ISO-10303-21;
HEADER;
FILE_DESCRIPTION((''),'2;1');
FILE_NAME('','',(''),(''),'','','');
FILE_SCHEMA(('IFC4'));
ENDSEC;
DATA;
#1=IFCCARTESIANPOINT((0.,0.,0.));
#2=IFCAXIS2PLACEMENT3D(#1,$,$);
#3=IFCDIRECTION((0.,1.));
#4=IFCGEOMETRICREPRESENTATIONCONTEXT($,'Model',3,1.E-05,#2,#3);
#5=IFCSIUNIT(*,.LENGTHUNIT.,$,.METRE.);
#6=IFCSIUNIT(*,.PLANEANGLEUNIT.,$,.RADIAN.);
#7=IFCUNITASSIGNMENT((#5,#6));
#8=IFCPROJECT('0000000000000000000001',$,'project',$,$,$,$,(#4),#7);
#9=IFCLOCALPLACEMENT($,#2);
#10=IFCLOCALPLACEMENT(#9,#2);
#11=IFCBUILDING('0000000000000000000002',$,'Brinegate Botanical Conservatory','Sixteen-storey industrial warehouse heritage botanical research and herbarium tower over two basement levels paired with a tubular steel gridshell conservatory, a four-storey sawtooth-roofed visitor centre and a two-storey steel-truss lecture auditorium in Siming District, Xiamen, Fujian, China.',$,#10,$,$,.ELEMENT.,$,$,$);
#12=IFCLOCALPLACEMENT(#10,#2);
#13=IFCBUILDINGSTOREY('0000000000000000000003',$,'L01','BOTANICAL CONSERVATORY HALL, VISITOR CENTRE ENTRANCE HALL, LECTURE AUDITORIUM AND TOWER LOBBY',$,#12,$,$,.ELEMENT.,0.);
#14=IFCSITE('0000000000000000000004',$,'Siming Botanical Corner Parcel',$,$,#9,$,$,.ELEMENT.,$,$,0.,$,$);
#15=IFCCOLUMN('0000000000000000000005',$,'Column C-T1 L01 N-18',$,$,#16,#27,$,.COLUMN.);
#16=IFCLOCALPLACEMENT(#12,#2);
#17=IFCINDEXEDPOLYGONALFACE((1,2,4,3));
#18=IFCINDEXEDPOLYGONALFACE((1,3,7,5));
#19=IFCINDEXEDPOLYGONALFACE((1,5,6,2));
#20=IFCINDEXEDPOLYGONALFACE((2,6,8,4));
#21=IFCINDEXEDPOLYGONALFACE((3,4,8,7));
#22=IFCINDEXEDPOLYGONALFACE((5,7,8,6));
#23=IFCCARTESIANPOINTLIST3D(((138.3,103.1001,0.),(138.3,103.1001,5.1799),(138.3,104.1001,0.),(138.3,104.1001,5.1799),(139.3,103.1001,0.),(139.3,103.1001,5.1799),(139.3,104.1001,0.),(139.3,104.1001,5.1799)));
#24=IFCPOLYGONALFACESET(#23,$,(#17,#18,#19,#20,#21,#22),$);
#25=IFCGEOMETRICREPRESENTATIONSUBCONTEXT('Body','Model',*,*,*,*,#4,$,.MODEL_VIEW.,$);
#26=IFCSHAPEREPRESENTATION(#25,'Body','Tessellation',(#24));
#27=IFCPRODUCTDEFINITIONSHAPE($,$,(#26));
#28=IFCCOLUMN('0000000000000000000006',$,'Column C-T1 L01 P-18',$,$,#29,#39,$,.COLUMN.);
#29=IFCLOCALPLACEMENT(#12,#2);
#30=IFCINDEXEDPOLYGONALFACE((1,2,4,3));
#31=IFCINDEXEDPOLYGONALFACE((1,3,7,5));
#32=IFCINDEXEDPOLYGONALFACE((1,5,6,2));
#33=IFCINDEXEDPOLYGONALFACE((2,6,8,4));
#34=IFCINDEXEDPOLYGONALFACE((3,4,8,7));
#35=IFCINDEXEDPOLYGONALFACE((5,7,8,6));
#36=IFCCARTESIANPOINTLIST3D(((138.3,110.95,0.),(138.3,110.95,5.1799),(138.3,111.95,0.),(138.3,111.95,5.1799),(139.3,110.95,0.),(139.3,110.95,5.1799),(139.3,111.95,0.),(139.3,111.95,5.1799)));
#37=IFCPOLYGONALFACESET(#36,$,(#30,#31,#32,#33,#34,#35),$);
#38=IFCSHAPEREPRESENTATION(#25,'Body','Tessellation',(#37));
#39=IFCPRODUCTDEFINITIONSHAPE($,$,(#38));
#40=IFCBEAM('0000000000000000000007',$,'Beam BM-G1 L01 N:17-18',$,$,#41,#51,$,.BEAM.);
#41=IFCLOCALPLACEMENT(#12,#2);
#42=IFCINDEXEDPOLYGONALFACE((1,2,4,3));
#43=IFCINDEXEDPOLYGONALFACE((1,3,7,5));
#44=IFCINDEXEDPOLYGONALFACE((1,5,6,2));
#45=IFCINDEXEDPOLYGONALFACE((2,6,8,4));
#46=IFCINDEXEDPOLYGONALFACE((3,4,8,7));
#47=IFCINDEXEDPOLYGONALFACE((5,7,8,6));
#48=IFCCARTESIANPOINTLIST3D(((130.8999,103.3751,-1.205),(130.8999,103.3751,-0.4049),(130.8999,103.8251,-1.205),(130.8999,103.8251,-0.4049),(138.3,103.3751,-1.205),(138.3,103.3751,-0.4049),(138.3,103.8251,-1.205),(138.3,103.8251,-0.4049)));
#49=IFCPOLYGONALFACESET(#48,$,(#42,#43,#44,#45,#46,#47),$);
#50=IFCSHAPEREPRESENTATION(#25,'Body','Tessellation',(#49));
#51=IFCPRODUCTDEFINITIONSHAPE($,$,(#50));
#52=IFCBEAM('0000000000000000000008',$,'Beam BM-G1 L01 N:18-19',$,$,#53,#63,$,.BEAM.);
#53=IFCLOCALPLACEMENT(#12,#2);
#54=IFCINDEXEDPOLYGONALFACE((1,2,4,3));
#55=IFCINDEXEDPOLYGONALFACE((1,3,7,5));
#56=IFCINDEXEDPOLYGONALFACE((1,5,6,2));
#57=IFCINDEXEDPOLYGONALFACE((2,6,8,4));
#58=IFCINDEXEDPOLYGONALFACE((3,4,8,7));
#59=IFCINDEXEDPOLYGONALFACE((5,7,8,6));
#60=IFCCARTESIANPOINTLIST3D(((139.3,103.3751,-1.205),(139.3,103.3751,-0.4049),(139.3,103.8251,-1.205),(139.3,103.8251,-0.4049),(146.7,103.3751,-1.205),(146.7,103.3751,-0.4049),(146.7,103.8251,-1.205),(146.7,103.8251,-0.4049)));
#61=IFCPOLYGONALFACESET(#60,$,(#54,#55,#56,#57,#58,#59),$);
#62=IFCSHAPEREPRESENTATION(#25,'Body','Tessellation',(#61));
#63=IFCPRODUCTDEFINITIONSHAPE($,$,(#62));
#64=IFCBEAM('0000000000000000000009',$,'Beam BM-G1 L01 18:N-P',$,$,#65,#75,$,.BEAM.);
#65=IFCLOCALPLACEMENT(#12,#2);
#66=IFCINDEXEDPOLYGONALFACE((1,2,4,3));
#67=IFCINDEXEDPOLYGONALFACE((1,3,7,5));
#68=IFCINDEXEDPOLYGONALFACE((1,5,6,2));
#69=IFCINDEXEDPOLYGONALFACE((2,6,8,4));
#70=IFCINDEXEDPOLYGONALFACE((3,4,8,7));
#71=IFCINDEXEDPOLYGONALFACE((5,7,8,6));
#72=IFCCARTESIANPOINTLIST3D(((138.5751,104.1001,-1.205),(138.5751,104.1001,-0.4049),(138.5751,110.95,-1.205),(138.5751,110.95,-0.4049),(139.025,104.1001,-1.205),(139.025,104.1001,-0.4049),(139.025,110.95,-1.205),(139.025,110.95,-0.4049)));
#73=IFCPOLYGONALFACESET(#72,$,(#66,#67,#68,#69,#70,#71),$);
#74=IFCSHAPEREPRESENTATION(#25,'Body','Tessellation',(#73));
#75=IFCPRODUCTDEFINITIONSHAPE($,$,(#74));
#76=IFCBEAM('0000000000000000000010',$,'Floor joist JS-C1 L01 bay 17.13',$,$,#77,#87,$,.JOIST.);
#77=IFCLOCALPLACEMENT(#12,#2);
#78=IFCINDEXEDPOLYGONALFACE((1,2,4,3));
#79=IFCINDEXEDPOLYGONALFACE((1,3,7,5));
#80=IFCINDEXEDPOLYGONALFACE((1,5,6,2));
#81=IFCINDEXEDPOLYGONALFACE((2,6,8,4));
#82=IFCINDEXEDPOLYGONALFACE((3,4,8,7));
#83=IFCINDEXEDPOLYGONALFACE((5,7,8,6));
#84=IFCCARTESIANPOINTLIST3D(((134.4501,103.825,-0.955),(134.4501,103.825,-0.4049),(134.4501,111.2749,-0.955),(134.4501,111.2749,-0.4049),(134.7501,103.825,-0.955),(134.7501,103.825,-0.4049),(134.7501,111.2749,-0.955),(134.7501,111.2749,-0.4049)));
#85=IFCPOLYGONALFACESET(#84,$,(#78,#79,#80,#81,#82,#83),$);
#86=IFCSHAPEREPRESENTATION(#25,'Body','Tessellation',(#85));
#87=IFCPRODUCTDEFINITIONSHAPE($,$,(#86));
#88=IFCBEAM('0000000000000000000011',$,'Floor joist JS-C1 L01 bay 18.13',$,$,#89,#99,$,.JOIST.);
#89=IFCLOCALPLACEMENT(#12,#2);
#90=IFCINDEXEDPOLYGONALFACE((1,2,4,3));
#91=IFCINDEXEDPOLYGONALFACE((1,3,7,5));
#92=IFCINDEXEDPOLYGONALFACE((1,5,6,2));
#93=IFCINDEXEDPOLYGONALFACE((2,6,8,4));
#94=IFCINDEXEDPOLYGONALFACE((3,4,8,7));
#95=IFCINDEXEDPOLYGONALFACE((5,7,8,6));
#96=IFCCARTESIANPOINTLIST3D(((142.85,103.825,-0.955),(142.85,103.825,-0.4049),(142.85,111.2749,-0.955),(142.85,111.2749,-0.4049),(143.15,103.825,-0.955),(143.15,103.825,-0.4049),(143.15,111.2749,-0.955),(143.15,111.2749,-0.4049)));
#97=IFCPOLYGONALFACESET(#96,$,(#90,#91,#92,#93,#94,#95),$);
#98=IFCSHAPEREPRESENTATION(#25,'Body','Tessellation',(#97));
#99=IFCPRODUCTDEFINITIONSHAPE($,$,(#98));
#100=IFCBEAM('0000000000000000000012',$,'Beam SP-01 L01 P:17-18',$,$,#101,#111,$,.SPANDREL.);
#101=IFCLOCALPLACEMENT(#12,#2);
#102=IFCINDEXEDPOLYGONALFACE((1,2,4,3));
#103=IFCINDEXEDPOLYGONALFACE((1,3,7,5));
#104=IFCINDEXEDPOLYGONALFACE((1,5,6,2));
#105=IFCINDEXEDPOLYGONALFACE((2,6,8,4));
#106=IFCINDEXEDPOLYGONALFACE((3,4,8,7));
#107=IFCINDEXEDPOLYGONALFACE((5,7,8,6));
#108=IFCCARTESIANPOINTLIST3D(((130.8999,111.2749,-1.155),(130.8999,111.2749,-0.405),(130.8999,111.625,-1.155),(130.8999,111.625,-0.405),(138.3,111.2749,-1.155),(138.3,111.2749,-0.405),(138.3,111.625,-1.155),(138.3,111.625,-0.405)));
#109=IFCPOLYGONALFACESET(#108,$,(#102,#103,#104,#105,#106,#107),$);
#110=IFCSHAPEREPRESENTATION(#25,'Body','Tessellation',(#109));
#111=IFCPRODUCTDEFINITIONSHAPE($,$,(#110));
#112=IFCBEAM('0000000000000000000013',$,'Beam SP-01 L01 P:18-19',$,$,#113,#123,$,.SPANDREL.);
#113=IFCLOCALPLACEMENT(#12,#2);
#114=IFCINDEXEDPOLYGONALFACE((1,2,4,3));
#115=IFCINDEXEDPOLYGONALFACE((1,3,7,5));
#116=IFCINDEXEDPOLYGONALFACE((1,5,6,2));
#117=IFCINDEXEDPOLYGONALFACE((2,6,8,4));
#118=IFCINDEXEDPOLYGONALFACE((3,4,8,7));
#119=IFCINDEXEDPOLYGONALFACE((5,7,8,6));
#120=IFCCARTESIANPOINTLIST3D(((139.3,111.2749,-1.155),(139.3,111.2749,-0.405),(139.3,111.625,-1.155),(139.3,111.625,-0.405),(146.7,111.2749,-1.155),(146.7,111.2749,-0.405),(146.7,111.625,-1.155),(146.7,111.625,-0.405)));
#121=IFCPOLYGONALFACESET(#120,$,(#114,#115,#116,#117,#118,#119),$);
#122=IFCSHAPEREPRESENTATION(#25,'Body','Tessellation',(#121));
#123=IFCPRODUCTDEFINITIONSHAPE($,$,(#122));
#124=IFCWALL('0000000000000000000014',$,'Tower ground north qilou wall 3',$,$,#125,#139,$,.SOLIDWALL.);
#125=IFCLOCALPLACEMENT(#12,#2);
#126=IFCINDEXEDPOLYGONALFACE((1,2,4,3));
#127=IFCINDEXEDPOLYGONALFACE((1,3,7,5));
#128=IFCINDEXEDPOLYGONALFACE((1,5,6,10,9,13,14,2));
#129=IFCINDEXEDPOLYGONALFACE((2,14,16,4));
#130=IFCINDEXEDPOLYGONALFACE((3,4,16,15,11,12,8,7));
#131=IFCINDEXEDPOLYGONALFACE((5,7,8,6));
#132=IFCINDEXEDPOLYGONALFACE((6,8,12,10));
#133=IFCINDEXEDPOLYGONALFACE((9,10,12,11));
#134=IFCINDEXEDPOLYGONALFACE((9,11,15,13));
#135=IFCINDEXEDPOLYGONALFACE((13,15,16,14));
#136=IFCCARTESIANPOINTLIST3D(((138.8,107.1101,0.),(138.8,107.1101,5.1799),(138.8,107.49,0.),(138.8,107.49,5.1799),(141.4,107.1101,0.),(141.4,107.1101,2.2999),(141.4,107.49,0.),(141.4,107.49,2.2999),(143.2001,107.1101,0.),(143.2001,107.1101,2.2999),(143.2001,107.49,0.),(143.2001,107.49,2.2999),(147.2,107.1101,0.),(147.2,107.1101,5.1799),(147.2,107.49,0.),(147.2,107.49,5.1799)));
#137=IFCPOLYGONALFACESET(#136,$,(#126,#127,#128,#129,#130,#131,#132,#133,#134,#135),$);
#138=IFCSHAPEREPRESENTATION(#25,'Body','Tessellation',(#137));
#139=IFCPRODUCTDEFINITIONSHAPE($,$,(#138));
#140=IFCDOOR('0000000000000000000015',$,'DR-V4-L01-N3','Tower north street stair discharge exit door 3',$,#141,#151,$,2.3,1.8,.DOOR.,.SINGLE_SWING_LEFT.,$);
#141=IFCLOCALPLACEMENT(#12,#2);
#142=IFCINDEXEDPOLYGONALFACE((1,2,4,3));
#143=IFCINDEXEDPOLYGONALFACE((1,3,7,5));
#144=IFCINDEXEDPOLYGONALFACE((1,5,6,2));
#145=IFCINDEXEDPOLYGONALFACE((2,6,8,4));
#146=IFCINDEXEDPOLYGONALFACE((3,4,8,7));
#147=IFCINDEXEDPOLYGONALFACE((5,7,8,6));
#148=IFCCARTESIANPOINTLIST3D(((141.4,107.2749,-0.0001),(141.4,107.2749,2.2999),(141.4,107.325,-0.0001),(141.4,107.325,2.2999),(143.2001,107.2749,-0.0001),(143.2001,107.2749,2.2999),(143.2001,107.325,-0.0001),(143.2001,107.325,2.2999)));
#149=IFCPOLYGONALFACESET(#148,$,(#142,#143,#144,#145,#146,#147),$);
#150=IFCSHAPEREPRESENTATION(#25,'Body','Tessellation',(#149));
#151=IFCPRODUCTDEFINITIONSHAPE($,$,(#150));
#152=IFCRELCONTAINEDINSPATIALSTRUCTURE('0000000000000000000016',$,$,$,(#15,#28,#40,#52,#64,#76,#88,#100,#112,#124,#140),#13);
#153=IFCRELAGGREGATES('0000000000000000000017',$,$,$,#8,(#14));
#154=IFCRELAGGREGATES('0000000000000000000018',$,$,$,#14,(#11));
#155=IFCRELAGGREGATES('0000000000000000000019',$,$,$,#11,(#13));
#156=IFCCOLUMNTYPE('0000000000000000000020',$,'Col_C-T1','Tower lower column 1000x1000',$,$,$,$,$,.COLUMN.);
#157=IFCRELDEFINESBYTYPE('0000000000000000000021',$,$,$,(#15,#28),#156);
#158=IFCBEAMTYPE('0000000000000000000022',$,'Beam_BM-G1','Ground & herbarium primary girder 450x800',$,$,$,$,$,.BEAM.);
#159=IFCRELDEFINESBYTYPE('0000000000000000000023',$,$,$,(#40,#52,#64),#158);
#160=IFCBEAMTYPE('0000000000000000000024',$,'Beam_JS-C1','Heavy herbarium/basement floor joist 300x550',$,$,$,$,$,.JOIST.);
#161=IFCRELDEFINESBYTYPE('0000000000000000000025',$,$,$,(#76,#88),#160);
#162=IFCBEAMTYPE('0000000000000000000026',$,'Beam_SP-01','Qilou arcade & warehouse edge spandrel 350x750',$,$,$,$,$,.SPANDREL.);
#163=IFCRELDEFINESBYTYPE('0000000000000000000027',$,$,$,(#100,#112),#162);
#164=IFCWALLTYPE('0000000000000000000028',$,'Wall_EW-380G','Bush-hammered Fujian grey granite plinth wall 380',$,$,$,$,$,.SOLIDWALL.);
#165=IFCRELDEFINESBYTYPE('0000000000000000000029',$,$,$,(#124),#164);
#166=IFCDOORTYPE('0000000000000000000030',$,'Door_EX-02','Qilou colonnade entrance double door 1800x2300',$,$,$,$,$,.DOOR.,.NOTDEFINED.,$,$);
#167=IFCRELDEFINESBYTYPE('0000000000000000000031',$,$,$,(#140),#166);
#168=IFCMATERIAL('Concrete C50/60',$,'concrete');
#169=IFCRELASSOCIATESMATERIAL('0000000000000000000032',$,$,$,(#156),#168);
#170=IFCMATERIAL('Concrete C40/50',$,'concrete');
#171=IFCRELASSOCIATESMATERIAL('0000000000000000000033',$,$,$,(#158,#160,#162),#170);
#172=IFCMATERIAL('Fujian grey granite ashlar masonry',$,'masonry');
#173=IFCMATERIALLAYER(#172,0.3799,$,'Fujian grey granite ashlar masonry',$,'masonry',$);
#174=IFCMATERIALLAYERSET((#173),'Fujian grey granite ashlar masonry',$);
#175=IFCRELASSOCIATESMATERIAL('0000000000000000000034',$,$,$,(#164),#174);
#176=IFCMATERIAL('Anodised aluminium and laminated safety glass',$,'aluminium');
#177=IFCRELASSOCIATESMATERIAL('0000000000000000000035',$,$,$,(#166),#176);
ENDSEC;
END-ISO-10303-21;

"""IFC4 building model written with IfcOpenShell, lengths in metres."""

from ifc_helpers import new_model, si_unit, direction, frame, frame_2d, origin, origin_2d, place, context, subcontext, project, spatial, rectangle, extrude, material, layer, layer_set, material_profile, profile_set, type_object, element, fill, save


model = new_model("IFC4")

# Units and contexts
model_context = context("Model", 3, precision=1e-05, world=origin(), true_north=direction((0.0, 1.0)))
body_context = subcontext(model_context, "Body", "Model", "MODEL_VIEW")
ifc_project = project(units=[si_unit("LENGTHUNIT", "METRE"), si_unit("PLANEANGLEUNIT", "RADIAN")], contexts=[model_context])

# Site, building, storey
site_placement = place(None, origin())
site = spatial("IfcSite", under=ifc_project, at=site_placement, Name="Siming Botanical Corner Parcel", CompositionType="ELEMENT", RefElevation=0.0)
building_placement = place(site_placement, origin())
building = spatial("IfcBuilding", under=site, at=building_placement, Name="Brinegate Botanical Conservatory", Description="Sixteen-storey industrial warehouse heritage botanical research and herbarium tower over two basement levels paired with a tubular steel gridshell conservatory, a four-storey sawtooth-roofed visitor centre and a two-storey steel-truss lecture auditorium in Siming District, Xiamen, Fujian, China.", CompositionType="ELEMENT")
storey_placement = place(building_placement, origin())
storey = spatial("IfcBuildingStorey", under=building, at=storey_placement, Name="L01", Description="BOTANICAL CONSERVATORY HALL, VISITOR CENTRE ENTRANCE HALL, LECTURE AUDITORIUM AND TOWER LOBBY", CompositionType="ELEMENT", Elevation=0.0)

# Columns
ifc_material_1 = material(Name="Concrete C50/60", Category="concrete")
ifc_material_profile_1 = material_profile(ifc_material_1, rectangle(XDim=1.0, YDim=1.0, at=origin_2d()), Name="RC COL 1000x1000")
ifc_profile_set_1 = profile_set([ifc_material_profile_1], Name="Concrete C50/60")
column_type = type_object("IfcColumnType", Name="Col_C-T1", Description="Tower lower column 1000x1000", PredefinedType="COLUMN", material=ifc_profile_set_1)
for number, where, z_axis, x_axis, name in (
    (1, (138.8, 103.6001, 0.0), (0.0, 0.0, 1.0), (1.0, 0.0, 0.0), "Column C-T1 L01 N-18"),
    (2, (138.8, 111.45, 0.0), (0.0, 0.0, 1.0), (1.0, 0.0, 0.0), "Column C-T1 L01 P-18"),
):
    element("IfcColumn", number, at=place(storey_placement, frame(where, z_axis=z_axis, x_axis=x_axis)), inside=storey, type_object=column_type, Name=name, PredefinedType="COLUMN", context=body_context, shape_type="SweptSolid", body=[
        extrude(rectangle(XDim=1.0, YDim=1.0, at=origin_2d()), origin(), (0.0, 0.0, 1.0), 5.1799),
    ])

# Beams
ifc_material_2 = material(Name="Concrete C40/50", Category="concrete")
ifc_material_profile_2 = material_profile(ifc_material_2, rectangle(XDim=0.45, YDim=0.8, at=origin_2d()), Name="RC BM 450x800")
ifc_profile_set_2 = profile_set([ifc_material_profile_2], Name="Concrete C40/50")
beam_type_1 = type_object("IfcBeamType", Name="Beam_BM-G1", Description="Ground & herbarium primary girder 450x800", PredefinedType="BEAM", material=ifc_profile_set_2)
beam_1_placement = place(storey_placement, frame((130.8999, 103.6001, -0.8049), z_axis=(1.0, 0.0, 0.0), x_axis=(0.0, 1.0, 0.0)))
element("IfcBeam", 3, at=beam_1_placement, inside=storey, type_object=beam_type_1, Name="Beam BM-G1 L01 N:17-18", PredefinedType="BEAM", context=body_context, shape_type="SweptSolid", body=[
    extrude(rectangle(XDim=0.45, YDim=0.8, at=origin_2d()), origin(), (0.0, 0.0, 1.0), 7.4001),
])
beam_2_placement = place(storey_placement, frame((139.3, 103.6001, -0.8049), z_axis=(1.0, 0.0, 0.0), x_axis=(0.0, 1.0, 0.0)))
element("IfcBeam", 4, at=beam_2_placement, inside=storey, type_object=beam_type_1, Name="Beam BM-G1 L01 N:18-19", PredefinedType="BEAM", context=body_context, shape_type="SweptSolid", body=[
    extrude(rectangle(XDim=0.45, YDim=0.8, at=origin_2d()), origin(), (0.0, 0.0, 1.0), 7.3999),
])
beam_3_placement = place(storey_placement, frame((138.8, 104.1001, -0.8049), z_axis=(0.0, 1.0, 0.0), x_axis=(-1.0, 0.0, 0.0)))
element("IfcBeam", 5, at=beam_3_placement, inside=storey, type_object=beam_type_1, Name="Beam BM-G1 L01 18:N-P", PredefinedType="BEAM", context=body_context, shape_type="SweptSolid", body=[
    extrude(rectangle(XDim=0.45, YDim=0.8, at=origin_2d()), origin(), (0.0, 0.0, 1.0), 6.8499),
])
ifc_material_profile_3 = material_profile(ifc_material_2, rectangle(XDim=0.3, YDim=0.55, at=origin_2d()), Name="RC JST 300x550")
ifc_profile_set_3 = profile_set([ifc_material_profile_3], Name="Concrete C40/50")
beam_type_2 = type_object("IfcBeamType", Name="Beam_JS-C1", Description="Heavy herbarium/basement floor joist 300x550", PredefinedType="JOIST", material=ifc_profile_set_3)
for number, where, z_axis, x_axis, name in (
    (6, (134.6001, 103.825, -0.6799), (0.0, 1.0, 0.0), (-1.0, 0.0, 0.0), "Floor joist JS-C1 L01 bay 17.13"),
    (7, (143.0, 103.825, -0.6799), (0.0, 1.0, 0.0), (-1.0, 0.0, 0.0), "Floor joist JS-C1 L01 bay 18.13"),
):
    element("IfcBeam", number, at=place(storey_placement, frame(where, z_axis=z_axis, x_axis=x_axis)), inside=storey, type_object=beam_type_2, Name=name, PredefinedType="JOIST", context=body_context, shape_type="SweptSolid", body=[
        extrude(rectangle(XDim=0.3, YDim=0.55, at=origin_2d()), origin(), (0.0, 0.0, 1.0), 7.45),
    ])
ifc_material_profile_4 = material_profile(ifc_material_2, rectangle(XDim=0.3501, YDim=0.75, at=origin_2d()), Name="RC SPN 350x750")
ifc_profile_set_4 = profile_set([ifc_material_profile_4], Name="Concrete C40/50")
beam_type_3 = type_object("IfcBeamType", Name="Beam_SP-01", Description="Qilou arcade & warehouse edge spandrel 350x750", PredefinedType="SPANDREL", material=ifc_profile_set_4)
beam_4_placement = place(storey_placement, frame((130.8999, 111.45, -0.78), z_axis=(1.0, 0.0, 0.0), x_axis=(0.0, 1.0, 0.0)))
element("IfcBeam", 8, at=beam_4_placement, inside=storey, type_object=beam_type_3, Name="Beam SP-01 L01 P:17-18", PredefinedType="SPANDREL", context=body_context, shape_type="SweptSolid", body=[
    extrude(rectangle(XDim=0.3501, YDim=0.75, at=origin_2d()), origin(), (0.0, 0.0, 1.0), 7.4001),
])
beam_5_placement = place(storey_placement, frame((139.3, 111.45, -0.78), z_axis=(1.0, 0.0, 0.0), x_axis=(0.0, 1.0, 0.0)))
element("IfcBeam", 9, at=beam_5_placement, inside=storey, type_object=beam_type_3, Name="Beam SP-01 L01 P:18-19", PredefinedType="SPANDREL", context=body_context, shape_type="SweptSolid", body=[
    extrude(rectangle(XDim=0.3501, YDim=0.75, at=origin_2d()), origin(), (0.0, 0.0, 1.0), 7.3999),
])

# Wall, opening, door
ifc_material_3 = material(Name="Fujian grey granite ashlar masonry", Category="masonry")
ifc_layer_1 = layer(ifc_material_3, 0.3799, Name="Fujian grey granite ashlar masonry", Category="masonry")
ifc_layer_set_1 = layer_set([ifc_layer_1], Name="Fujian grey granite ashlar masonry")
wall_type_1 = type_object("IfcWallType", Name="Wall_EW-380G", Description="Bush-hammered Fujian grey granite plinth wall 380", PredefinedType="SOLIDWALL", material=ifc_layer_set_1)
wall_1_placement = place(storey_placement, frame((138.8, 107.3, 0.0), z_axis=(0.0, 0.0, 1.0), x_axis=(1.0, 0.0, 0.0)))
wall_1 = element("IfcWall", 10, at=wall_1_placement, inside=storey, type_object=wall_type_1, Name="Tower ground north qilou wall 3", PredefinedType="SOLIDWALL", context=body_context, shape_type="SweptSolid", body=[
    extrude(rectangle(XDim=8.3999, YDim=0.3799, at=frame_2d((4.2, 0.0))), origin(), (0.0, 0.0, 1.0), 5.1799),
])
opening_1_placement = place(wall_1_placement, frame((2.6001, 0.0, 0.0)))
opening_1 = element("IfcOpeningElement", 11, at=opening_1_placement, cuts=wall_1, PredefinedType="OPENING", context=body_context, shape_type="SweptSolid", body=[
    extrude(rectangle(XDim=1.8, YDim=2.3, at=frame_2d((0.8999, 1.1499))), frame((0.0, 0.2, 0.0), z_axis=(0.0, -1.0, 0.0), x_axis=(1.0, 0.0, 0.0)), (0.0, 0.0, 1.0), 0.3999),
])
ifc_material_4 = material(Name="Anodised aluminium and laminated safety glass", Category="aluminium")
door_type_1 = type_object("IfcDoorType", Name="Door_EX-02", Description="Qilou colonnade entrance double door 1800x2300", OperationType="NOTDEFINED", PredefinedType="DOOR", material=ifc_material_4)
door_1_placement = place(opening_1_placement, origin())
door_1 = element("IfcDoor", 12, at=door_1_placement, inside=storey, type_object=door_type_1, Name="DR-V4-L01-N3", Description="Tower north street stair discharge exit door 3", OperationType="SINGLE_SWING_LEFT", OverallHeight=2.3, OverallWidth=1.8, PredefinedType="DOOR", context=body_context, shape_type="SweptSolid", body=[
    extrude(rectangle(XDim=1.8, YDim=2.3, at=frame_2d((0.8999, 1.1499))), frame((0.0, 0.0249, 0.0), z_axis=(0.0, -1.0, 0.0), x_axis=(1.0, 0.0, 0.0)), (0.0, 0.0, 1.0), 0.05),
])
fill(opening_1, door_1)

save(model, "model.ifc")
